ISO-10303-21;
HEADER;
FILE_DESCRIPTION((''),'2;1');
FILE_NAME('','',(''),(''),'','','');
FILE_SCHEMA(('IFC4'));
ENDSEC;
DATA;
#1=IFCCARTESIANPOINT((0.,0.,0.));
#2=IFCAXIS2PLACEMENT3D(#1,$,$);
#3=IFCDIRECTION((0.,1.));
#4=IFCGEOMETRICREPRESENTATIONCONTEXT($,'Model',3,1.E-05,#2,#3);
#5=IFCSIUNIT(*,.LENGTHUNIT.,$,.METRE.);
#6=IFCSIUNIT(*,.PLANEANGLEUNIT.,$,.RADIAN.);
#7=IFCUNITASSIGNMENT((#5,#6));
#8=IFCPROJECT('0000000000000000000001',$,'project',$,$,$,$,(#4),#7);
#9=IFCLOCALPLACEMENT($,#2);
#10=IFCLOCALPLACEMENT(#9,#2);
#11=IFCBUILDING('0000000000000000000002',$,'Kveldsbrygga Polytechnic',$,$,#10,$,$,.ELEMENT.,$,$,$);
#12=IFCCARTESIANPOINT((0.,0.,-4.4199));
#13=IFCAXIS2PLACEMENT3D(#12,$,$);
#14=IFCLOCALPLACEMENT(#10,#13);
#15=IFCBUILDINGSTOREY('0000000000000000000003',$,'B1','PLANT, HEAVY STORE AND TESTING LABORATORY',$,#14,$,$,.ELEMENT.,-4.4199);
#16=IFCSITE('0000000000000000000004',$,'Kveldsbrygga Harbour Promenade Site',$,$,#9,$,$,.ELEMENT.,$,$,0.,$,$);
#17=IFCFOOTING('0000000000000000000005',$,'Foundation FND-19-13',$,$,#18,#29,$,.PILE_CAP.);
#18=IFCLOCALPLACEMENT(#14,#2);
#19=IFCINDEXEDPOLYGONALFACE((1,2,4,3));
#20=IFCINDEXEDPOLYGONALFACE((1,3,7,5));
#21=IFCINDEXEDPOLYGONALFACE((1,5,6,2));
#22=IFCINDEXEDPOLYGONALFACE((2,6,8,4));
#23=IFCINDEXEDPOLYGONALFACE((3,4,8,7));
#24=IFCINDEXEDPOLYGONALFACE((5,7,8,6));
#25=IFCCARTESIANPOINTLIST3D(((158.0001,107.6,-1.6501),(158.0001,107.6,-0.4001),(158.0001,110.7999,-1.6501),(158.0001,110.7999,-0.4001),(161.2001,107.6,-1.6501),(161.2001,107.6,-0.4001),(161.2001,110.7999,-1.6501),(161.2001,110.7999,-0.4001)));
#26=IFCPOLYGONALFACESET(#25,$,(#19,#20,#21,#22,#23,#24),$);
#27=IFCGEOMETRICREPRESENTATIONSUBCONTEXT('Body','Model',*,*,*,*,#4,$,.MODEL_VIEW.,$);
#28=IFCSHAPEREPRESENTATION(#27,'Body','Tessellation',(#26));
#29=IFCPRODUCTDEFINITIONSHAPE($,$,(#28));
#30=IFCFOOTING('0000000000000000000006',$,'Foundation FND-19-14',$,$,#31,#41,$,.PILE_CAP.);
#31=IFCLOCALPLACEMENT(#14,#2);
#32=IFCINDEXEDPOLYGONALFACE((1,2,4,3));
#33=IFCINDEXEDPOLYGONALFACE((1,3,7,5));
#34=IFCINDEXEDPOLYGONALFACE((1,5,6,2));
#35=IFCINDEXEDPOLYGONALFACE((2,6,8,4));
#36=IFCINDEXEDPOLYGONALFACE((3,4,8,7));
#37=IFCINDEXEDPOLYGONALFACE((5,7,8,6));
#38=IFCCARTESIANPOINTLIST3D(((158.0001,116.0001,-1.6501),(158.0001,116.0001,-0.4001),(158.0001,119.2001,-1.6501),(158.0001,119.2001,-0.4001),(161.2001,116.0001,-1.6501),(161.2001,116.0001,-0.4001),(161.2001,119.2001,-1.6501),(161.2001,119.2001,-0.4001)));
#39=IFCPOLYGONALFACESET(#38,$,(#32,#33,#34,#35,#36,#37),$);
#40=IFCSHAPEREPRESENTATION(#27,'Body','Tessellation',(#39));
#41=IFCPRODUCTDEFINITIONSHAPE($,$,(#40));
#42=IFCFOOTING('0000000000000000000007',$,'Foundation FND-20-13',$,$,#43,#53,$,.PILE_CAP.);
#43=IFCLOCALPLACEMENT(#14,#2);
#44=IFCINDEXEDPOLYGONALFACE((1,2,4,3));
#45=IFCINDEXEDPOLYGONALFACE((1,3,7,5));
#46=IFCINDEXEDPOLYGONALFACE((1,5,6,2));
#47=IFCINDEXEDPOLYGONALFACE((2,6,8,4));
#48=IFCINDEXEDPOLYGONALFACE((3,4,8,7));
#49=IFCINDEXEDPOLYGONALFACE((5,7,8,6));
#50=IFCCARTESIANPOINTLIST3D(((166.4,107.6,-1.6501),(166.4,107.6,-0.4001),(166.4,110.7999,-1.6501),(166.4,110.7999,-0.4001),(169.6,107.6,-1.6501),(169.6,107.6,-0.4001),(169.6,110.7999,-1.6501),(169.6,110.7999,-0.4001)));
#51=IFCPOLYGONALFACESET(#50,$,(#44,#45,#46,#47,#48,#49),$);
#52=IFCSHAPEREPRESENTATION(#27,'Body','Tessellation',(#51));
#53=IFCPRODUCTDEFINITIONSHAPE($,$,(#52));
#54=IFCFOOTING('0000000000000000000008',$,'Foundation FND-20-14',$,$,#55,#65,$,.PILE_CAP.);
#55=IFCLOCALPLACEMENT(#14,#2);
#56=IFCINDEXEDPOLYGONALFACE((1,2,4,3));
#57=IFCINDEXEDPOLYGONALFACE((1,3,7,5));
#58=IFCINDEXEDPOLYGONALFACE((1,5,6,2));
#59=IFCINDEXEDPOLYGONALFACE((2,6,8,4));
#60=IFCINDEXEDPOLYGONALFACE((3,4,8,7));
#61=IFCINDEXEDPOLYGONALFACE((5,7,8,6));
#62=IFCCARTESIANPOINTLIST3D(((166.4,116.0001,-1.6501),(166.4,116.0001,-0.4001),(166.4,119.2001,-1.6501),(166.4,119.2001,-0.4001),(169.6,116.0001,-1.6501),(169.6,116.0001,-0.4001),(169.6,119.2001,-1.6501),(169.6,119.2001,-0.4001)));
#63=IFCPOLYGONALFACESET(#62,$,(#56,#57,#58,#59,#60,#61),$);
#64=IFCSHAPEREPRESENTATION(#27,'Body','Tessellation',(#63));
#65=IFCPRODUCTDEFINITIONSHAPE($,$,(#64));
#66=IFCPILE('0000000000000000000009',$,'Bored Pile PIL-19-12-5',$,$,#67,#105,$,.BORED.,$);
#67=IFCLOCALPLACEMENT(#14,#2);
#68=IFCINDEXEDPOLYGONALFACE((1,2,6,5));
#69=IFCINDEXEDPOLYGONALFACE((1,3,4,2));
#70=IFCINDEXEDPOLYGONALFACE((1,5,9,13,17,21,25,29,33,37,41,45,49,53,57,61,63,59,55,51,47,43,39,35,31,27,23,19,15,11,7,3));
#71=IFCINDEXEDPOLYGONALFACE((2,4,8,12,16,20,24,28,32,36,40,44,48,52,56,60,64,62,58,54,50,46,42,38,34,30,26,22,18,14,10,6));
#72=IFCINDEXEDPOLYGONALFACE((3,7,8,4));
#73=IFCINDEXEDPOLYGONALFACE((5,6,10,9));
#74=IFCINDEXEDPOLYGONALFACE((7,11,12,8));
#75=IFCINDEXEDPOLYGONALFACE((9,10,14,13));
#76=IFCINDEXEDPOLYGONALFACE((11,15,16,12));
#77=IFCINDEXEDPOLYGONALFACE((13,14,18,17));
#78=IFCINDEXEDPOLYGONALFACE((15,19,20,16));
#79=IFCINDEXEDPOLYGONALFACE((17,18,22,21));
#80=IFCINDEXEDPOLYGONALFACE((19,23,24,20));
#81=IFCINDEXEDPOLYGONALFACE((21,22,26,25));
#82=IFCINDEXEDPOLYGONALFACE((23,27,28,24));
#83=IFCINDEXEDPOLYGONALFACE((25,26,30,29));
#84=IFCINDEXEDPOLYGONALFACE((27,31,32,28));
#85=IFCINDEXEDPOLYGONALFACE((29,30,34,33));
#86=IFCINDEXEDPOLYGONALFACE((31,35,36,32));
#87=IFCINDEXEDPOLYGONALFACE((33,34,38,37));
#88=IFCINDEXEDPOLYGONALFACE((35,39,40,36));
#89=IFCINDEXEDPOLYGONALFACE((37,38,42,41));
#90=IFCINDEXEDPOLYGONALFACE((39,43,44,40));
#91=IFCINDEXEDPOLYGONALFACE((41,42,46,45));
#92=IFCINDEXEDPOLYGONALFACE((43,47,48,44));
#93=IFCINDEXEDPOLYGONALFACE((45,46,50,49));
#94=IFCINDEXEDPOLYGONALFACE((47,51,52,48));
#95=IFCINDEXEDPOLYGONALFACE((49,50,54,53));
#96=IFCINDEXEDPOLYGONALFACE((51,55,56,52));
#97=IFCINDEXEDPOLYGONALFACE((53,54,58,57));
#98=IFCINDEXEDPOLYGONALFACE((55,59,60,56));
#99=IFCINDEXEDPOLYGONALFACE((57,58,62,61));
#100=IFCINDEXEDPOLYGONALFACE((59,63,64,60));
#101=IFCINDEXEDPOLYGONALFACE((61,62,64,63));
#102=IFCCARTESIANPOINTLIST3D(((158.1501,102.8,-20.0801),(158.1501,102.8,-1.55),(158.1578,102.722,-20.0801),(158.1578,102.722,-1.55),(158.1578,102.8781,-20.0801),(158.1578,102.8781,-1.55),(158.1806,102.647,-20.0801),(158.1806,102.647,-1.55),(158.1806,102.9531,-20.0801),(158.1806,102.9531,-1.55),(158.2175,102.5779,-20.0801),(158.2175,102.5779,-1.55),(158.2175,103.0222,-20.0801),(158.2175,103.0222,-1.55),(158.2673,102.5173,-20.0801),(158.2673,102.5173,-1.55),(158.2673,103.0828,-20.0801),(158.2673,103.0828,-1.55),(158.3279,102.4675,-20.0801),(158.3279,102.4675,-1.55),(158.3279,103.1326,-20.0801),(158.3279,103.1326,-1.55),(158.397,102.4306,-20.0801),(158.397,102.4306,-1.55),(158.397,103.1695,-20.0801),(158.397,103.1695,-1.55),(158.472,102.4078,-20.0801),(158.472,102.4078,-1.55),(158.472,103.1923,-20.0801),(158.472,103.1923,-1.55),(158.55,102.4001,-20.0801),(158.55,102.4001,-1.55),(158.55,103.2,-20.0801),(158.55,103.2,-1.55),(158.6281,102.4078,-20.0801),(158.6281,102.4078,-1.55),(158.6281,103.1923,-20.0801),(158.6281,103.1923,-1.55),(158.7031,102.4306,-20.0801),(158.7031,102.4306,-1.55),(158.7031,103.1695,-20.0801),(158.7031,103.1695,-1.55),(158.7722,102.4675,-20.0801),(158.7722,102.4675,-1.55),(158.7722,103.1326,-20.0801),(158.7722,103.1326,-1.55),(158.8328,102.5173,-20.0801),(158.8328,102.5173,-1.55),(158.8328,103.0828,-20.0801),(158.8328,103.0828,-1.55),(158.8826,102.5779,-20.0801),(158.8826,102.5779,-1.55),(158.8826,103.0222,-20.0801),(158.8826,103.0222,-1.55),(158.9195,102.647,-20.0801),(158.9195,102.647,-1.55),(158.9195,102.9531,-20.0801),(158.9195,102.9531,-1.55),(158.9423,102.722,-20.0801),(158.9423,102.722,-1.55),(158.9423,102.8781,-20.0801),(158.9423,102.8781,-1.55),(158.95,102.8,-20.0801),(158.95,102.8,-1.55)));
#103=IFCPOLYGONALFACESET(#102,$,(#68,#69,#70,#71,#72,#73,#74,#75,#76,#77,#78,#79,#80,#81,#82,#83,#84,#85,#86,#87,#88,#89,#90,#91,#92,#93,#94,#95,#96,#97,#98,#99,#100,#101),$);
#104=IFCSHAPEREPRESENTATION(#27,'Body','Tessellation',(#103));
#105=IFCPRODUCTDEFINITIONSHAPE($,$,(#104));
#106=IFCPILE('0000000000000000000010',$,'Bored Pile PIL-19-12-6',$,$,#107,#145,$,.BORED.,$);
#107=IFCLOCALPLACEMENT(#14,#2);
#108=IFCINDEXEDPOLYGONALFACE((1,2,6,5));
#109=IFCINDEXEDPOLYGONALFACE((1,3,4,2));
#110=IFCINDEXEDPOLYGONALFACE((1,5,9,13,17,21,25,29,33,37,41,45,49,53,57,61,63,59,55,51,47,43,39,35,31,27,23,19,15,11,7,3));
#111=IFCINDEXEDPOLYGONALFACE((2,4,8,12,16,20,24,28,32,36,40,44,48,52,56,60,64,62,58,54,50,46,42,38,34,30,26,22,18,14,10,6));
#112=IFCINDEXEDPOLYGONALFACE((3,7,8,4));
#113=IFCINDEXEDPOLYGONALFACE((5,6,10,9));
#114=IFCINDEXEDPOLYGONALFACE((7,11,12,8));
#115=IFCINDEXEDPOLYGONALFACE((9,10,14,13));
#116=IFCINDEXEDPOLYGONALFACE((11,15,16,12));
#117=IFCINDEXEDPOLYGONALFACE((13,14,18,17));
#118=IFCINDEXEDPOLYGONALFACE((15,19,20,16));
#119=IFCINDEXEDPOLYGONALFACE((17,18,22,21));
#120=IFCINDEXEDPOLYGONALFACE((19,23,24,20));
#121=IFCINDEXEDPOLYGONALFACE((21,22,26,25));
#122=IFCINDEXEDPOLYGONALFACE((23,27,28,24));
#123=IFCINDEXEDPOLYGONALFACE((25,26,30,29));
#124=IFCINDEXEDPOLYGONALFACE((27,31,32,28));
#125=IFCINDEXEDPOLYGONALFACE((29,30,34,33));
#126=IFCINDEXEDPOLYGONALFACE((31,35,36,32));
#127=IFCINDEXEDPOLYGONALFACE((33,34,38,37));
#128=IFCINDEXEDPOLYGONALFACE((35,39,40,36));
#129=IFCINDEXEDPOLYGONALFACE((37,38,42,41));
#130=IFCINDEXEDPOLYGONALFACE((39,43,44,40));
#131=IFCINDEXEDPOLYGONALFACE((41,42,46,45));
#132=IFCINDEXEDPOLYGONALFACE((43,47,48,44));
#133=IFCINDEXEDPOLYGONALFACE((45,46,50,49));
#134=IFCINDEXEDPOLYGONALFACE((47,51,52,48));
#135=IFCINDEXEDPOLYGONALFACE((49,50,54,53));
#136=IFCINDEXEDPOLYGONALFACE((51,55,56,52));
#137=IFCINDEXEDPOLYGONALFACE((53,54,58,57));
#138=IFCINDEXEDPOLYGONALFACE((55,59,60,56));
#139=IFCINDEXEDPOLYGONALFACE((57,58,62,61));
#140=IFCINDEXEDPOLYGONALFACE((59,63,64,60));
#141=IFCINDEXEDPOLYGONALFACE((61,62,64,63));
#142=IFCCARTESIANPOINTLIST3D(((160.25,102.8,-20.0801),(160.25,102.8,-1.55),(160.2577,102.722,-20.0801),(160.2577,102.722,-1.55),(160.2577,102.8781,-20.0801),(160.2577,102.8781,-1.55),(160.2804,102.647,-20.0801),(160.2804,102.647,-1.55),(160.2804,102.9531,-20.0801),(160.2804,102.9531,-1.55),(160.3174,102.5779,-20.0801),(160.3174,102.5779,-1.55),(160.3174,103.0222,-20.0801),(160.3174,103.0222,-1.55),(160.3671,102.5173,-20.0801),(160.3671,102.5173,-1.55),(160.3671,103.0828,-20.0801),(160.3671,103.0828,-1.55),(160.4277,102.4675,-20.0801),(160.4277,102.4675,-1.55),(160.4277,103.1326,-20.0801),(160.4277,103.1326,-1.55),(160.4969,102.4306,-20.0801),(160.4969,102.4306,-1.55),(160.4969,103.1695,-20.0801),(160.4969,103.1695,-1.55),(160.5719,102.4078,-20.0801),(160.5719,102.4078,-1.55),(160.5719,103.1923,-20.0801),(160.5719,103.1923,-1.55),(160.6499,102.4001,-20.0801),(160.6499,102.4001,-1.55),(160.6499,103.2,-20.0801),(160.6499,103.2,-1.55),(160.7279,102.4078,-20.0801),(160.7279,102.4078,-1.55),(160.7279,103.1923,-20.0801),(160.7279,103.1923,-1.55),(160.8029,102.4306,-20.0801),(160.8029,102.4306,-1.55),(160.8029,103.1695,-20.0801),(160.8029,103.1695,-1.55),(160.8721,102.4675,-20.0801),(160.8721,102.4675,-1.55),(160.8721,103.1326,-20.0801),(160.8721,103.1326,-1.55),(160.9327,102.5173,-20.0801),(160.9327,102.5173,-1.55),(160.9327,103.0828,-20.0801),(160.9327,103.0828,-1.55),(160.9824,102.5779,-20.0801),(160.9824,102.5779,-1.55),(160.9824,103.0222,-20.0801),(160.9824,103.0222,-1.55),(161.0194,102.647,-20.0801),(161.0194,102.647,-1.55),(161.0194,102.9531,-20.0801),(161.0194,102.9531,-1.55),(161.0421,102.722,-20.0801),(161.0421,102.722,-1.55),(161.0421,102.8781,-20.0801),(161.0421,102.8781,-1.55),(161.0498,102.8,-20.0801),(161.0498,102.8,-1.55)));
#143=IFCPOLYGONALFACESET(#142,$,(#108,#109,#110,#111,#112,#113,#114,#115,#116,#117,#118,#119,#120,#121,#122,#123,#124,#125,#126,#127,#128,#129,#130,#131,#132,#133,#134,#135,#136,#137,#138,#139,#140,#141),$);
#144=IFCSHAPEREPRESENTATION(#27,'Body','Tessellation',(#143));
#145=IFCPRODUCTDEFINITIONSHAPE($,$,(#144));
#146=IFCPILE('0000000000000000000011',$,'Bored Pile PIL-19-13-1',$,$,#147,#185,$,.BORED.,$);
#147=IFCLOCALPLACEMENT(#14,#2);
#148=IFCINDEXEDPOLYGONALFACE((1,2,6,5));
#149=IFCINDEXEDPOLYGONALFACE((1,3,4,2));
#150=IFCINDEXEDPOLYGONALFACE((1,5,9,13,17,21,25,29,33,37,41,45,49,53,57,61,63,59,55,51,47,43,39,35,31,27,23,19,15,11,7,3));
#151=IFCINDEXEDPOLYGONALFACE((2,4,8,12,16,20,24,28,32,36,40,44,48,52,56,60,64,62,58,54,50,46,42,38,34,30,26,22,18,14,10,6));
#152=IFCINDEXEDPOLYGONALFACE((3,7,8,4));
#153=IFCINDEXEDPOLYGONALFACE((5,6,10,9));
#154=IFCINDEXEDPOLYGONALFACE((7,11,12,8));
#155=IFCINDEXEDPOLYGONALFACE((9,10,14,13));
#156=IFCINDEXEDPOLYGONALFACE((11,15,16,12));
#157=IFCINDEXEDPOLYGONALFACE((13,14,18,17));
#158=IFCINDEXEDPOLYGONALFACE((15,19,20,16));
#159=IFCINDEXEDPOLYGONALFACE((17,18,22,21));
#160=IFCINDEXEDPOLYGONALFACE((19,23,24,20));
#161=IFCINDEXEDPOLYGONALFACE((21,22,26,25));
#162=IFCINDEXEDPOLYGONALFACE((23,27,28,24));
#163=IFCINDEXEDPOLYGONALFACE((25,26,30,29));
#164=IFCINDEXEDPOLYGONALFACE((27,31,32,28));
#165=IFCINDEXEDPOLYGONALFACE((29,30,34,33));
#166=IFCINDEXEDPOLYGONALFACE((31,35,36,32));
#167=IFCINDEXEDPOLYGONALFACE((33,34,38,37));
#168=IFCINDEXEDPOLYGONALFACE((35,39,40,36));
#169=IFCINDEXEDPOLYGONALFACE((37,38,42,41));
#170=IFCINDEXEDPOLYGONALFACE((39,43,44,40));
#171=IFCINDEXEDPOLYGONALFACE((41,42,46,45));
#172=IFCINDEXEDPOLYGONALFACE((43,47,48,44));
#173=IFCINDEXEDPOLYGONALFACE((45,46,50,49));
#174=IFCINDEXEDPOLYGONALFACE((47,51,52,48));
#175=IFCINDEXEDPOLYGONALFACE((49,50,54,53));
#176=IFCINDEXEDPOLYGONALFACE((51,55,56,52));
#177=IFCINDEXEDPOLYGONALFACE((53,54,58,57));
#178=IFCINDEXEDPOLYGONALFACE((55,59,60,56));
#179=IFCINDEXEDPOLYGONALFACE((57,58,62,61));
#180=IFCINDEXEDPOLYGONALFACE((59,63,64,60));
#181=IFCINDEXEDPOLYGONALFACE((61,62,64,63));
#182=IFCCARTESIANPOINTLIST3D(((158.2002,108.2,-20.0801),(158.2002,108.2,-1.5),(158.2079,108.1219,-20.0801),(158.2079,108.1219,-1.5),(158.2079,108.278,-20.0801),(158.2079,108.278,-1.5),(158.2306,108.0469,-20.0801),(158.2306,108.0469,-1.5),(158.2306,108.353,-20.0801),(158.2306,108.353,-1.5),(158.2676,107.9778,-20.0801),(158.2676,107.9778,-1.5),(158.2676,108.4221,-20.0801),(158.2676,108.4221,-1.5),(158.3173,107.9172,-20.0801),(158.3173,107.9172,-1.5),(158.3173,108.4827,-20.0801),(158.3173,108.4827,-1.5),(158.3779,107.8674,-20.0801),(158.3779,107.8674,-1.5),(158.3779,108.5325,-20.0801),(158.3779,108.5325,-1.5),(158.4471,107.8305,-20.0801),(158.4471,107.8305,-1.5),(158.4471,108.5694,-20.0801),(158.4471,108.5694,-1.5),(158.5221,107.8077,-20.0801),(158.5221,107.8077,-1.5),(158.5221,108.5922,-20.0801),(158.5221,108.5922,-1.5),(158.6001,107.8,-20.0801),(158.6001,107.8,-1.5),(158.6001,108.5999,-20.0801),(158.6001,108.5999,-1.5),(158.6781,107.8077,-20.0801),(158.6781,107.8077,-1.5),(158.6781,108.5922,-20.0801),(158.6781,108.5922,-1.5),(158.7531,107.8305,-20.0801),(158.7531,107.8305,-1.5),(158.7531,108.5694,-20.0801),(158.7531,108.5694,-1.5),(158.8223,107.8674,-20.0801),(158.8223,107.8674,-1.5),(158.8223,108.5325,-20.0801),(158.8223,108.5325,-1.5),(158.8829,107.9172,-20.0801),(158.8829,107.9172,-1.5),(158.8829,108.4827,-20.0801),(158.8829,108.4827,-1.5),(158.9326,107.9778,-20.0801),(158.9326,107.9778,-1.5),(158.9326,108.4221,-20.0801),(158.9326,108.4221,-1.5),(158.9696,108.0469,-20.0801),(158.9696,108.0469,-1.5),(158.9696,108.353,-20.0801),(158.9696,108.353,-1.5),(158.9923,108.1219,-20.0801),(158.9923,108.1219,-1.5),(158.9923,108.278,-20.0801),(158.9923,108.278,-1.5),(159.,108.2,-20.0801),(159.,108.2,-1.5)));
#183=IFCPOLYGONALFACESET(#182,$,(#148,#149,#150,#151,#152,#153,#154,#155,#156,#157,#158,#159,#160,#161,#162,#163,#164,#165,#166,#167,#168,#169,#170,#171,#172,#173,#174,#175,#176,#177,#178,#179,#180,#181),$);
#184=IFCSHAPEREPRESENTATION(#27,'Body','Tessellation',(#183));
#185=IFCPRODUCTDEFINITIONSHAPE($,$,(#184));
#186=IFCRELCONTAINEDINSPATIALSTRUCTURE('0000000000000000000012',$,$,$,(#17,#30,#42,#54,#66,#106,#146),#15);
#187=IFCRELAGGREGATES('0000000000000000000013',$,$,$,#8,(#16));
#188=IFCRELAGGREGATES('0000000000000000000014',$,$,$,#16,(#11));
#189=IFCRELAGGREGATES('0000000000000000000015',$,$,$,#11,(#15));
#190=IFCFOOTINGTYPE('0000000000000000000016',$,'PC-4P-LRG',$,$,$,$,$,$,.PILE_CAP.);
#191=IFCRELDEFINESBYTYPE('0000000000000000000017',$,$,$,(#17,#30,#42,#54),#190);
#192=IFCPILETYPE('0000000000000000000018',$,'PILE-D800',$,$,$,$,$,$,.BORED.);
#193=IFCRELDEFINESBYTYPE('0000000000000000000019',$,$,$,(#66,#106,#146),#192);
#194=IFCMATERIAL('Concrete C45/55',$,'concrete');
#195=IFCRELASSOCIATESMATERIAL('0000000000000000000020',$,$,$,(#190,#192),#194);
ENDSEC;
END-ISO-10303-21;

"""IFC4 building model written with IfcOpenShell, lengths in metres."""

from ifc_helpers import new_model, si_unit, direction, frame, origin, origin_2d, place, context, subcontext, project, spatial, rectangle, circle, extrude, material, material_profile, profile_set, type_object, element, save


model = new_model("IFC4")

# Units and contexts
model_context = context("Model", 3, precision=1e-05, world=origin(), true_north=direction((0.0, 1.0)))
body_context = subcontext(model_context, "Body", "Model", "MODEL_VIEW")
ifc_project = project(units=[si_unit("LENGTHUNIT", "METRE"), si_unit("PLANEANGLEUNIT", "RADIAN")], contexts=[model_context])

# Site, building, storey
site_placement = place(None, origin())
site = spatial("IfcSite", under=ifc_project, at=site_placement, Name="Kveldsbrygga Harbour Promenade Site", CompositionType="ELEMENT", RefElevation=0.0)
building_placement = place(site_placement, origin())
building = spatial("IfcBuilding", under=site, at=building_placement, Name="Kveldsbrygga Polytechnic", CompositionType="ELEMENT")
storey_placement = place(building_placement, frame((0.0, 0.0, -4.4199)))
storey = spatial("IfcBuildingStorey", under=building, at=storey_placement, Name="B1", Description="PLANT, HEAVY STORE AND TESTING LABORATORY", CompositionType="ELEMENT", Elevation=-4.4199)

# Footings
ifc_material_1 = material(Name="Concrete C45/55", Category="concrete")
footing_type = type_object("IfcFootingType", Name="PC-4P-LRG", PredefinedType="PILE_CAP", material=ifc_material_1)
for number, where, z_axis, x_axis, name in (
    (1, (159.6001, 109.2, -1.6501), (0.0, 0.0, 1.0), (1.0, 0.0, 0.0), "Foundation FND-19-13"),
    (2, (159.6001, 117.6001, -1.6501), (0.0, 0.0, 1.0), (1.0, 0.0, 0.0), "Foundation FND-19-14"),
    (3, (168.0, 109.2, -1.6501), (0.0, 0.0, 1.0), (1.0, 0.0, 0.0), "Foundation FND-20-13"),
    (4, (168.0, 117.6001, -1.6501), (0.0, 0.0, 1.0), (1.0, 0.0, 0.0), "Foundation FND-20-14"),
):
    element("IfcFooting", number, at=place(storey_placement, frame(where, z_axis=z_axis, x_axis=x_axis)), inside=storey, type_object=footing_type, Name=name, PredefinedType="PILE_CAP", context=body_context, shape_type="SweptSolid", body=[
        extrude(rectangle(XDim=3.2, YDim=3.2, at=origin_2d()), origin(), (0.0, 0.0, 1.0), 1.25),
    ])

# Piles
ifc_material_profile_1 = material_profile(ifc_material_1, circle(Radius=0.3999, at=origin_2d()), Name="PILE D800")
ifc_profile_set_1 = profile_set([ifc_material_profile_1], Name="Concrete C45/55")
pile_type = type_object("IfcPileType", Name="PILE-D800", PredefinedType="BORED", material=ifc_profile_set_1)
for number, where, z_axis, x_axis, name in (
    (5, (158.55, 102.8, -1.55), (0.0, 0.0, -1.0), (1.0, 0.0, 0.0), "Bored Pile PIL-19-12-5"),
    (6, (160.6499, 102.8, -1.55), (0.0, 0.0, -1.0), (1.0, 0.0, 0.0), "Bored Pile PIL-19-12-6"),
):
    element("IfcPile", number, at=place(storey_placement, frame(where, z_axis=z_axis, x_axis=x_axis)), inside=storey, type_object=pile_type, Name=name, PredefinedType="BORED", context=body_context, shape_type="SweptSolid", body=[
        extrude(circle(Radius=0.3999, at=origin_2d()), origin(), (0.0, 0.0, 1.0), 18.53),
    ])
for number, where, z_axis, x_axis, name in (
    (7, (158.6001, 108.2, -1.5), (0.0, 0.0, -1.0), (1.0, 0.0, 0.0), "Bored Pile PIL-19-13-1"),
):
    element("IfcPile", number, at=place(storey_placement, frame(where, z_axis=z_axis, x_axis=x_axis)), inside=storey, type_object=pile_type, Name=name, PredefinedType="BORED", context=body_context, shape_type="SweptSolid", body=[
        extrude(circle(Radius=0.3999, at=origin_2d()), origin(), (0.0, 0.0, 1.0), 18.5801),
    ])

save(model, "model.ifc")
